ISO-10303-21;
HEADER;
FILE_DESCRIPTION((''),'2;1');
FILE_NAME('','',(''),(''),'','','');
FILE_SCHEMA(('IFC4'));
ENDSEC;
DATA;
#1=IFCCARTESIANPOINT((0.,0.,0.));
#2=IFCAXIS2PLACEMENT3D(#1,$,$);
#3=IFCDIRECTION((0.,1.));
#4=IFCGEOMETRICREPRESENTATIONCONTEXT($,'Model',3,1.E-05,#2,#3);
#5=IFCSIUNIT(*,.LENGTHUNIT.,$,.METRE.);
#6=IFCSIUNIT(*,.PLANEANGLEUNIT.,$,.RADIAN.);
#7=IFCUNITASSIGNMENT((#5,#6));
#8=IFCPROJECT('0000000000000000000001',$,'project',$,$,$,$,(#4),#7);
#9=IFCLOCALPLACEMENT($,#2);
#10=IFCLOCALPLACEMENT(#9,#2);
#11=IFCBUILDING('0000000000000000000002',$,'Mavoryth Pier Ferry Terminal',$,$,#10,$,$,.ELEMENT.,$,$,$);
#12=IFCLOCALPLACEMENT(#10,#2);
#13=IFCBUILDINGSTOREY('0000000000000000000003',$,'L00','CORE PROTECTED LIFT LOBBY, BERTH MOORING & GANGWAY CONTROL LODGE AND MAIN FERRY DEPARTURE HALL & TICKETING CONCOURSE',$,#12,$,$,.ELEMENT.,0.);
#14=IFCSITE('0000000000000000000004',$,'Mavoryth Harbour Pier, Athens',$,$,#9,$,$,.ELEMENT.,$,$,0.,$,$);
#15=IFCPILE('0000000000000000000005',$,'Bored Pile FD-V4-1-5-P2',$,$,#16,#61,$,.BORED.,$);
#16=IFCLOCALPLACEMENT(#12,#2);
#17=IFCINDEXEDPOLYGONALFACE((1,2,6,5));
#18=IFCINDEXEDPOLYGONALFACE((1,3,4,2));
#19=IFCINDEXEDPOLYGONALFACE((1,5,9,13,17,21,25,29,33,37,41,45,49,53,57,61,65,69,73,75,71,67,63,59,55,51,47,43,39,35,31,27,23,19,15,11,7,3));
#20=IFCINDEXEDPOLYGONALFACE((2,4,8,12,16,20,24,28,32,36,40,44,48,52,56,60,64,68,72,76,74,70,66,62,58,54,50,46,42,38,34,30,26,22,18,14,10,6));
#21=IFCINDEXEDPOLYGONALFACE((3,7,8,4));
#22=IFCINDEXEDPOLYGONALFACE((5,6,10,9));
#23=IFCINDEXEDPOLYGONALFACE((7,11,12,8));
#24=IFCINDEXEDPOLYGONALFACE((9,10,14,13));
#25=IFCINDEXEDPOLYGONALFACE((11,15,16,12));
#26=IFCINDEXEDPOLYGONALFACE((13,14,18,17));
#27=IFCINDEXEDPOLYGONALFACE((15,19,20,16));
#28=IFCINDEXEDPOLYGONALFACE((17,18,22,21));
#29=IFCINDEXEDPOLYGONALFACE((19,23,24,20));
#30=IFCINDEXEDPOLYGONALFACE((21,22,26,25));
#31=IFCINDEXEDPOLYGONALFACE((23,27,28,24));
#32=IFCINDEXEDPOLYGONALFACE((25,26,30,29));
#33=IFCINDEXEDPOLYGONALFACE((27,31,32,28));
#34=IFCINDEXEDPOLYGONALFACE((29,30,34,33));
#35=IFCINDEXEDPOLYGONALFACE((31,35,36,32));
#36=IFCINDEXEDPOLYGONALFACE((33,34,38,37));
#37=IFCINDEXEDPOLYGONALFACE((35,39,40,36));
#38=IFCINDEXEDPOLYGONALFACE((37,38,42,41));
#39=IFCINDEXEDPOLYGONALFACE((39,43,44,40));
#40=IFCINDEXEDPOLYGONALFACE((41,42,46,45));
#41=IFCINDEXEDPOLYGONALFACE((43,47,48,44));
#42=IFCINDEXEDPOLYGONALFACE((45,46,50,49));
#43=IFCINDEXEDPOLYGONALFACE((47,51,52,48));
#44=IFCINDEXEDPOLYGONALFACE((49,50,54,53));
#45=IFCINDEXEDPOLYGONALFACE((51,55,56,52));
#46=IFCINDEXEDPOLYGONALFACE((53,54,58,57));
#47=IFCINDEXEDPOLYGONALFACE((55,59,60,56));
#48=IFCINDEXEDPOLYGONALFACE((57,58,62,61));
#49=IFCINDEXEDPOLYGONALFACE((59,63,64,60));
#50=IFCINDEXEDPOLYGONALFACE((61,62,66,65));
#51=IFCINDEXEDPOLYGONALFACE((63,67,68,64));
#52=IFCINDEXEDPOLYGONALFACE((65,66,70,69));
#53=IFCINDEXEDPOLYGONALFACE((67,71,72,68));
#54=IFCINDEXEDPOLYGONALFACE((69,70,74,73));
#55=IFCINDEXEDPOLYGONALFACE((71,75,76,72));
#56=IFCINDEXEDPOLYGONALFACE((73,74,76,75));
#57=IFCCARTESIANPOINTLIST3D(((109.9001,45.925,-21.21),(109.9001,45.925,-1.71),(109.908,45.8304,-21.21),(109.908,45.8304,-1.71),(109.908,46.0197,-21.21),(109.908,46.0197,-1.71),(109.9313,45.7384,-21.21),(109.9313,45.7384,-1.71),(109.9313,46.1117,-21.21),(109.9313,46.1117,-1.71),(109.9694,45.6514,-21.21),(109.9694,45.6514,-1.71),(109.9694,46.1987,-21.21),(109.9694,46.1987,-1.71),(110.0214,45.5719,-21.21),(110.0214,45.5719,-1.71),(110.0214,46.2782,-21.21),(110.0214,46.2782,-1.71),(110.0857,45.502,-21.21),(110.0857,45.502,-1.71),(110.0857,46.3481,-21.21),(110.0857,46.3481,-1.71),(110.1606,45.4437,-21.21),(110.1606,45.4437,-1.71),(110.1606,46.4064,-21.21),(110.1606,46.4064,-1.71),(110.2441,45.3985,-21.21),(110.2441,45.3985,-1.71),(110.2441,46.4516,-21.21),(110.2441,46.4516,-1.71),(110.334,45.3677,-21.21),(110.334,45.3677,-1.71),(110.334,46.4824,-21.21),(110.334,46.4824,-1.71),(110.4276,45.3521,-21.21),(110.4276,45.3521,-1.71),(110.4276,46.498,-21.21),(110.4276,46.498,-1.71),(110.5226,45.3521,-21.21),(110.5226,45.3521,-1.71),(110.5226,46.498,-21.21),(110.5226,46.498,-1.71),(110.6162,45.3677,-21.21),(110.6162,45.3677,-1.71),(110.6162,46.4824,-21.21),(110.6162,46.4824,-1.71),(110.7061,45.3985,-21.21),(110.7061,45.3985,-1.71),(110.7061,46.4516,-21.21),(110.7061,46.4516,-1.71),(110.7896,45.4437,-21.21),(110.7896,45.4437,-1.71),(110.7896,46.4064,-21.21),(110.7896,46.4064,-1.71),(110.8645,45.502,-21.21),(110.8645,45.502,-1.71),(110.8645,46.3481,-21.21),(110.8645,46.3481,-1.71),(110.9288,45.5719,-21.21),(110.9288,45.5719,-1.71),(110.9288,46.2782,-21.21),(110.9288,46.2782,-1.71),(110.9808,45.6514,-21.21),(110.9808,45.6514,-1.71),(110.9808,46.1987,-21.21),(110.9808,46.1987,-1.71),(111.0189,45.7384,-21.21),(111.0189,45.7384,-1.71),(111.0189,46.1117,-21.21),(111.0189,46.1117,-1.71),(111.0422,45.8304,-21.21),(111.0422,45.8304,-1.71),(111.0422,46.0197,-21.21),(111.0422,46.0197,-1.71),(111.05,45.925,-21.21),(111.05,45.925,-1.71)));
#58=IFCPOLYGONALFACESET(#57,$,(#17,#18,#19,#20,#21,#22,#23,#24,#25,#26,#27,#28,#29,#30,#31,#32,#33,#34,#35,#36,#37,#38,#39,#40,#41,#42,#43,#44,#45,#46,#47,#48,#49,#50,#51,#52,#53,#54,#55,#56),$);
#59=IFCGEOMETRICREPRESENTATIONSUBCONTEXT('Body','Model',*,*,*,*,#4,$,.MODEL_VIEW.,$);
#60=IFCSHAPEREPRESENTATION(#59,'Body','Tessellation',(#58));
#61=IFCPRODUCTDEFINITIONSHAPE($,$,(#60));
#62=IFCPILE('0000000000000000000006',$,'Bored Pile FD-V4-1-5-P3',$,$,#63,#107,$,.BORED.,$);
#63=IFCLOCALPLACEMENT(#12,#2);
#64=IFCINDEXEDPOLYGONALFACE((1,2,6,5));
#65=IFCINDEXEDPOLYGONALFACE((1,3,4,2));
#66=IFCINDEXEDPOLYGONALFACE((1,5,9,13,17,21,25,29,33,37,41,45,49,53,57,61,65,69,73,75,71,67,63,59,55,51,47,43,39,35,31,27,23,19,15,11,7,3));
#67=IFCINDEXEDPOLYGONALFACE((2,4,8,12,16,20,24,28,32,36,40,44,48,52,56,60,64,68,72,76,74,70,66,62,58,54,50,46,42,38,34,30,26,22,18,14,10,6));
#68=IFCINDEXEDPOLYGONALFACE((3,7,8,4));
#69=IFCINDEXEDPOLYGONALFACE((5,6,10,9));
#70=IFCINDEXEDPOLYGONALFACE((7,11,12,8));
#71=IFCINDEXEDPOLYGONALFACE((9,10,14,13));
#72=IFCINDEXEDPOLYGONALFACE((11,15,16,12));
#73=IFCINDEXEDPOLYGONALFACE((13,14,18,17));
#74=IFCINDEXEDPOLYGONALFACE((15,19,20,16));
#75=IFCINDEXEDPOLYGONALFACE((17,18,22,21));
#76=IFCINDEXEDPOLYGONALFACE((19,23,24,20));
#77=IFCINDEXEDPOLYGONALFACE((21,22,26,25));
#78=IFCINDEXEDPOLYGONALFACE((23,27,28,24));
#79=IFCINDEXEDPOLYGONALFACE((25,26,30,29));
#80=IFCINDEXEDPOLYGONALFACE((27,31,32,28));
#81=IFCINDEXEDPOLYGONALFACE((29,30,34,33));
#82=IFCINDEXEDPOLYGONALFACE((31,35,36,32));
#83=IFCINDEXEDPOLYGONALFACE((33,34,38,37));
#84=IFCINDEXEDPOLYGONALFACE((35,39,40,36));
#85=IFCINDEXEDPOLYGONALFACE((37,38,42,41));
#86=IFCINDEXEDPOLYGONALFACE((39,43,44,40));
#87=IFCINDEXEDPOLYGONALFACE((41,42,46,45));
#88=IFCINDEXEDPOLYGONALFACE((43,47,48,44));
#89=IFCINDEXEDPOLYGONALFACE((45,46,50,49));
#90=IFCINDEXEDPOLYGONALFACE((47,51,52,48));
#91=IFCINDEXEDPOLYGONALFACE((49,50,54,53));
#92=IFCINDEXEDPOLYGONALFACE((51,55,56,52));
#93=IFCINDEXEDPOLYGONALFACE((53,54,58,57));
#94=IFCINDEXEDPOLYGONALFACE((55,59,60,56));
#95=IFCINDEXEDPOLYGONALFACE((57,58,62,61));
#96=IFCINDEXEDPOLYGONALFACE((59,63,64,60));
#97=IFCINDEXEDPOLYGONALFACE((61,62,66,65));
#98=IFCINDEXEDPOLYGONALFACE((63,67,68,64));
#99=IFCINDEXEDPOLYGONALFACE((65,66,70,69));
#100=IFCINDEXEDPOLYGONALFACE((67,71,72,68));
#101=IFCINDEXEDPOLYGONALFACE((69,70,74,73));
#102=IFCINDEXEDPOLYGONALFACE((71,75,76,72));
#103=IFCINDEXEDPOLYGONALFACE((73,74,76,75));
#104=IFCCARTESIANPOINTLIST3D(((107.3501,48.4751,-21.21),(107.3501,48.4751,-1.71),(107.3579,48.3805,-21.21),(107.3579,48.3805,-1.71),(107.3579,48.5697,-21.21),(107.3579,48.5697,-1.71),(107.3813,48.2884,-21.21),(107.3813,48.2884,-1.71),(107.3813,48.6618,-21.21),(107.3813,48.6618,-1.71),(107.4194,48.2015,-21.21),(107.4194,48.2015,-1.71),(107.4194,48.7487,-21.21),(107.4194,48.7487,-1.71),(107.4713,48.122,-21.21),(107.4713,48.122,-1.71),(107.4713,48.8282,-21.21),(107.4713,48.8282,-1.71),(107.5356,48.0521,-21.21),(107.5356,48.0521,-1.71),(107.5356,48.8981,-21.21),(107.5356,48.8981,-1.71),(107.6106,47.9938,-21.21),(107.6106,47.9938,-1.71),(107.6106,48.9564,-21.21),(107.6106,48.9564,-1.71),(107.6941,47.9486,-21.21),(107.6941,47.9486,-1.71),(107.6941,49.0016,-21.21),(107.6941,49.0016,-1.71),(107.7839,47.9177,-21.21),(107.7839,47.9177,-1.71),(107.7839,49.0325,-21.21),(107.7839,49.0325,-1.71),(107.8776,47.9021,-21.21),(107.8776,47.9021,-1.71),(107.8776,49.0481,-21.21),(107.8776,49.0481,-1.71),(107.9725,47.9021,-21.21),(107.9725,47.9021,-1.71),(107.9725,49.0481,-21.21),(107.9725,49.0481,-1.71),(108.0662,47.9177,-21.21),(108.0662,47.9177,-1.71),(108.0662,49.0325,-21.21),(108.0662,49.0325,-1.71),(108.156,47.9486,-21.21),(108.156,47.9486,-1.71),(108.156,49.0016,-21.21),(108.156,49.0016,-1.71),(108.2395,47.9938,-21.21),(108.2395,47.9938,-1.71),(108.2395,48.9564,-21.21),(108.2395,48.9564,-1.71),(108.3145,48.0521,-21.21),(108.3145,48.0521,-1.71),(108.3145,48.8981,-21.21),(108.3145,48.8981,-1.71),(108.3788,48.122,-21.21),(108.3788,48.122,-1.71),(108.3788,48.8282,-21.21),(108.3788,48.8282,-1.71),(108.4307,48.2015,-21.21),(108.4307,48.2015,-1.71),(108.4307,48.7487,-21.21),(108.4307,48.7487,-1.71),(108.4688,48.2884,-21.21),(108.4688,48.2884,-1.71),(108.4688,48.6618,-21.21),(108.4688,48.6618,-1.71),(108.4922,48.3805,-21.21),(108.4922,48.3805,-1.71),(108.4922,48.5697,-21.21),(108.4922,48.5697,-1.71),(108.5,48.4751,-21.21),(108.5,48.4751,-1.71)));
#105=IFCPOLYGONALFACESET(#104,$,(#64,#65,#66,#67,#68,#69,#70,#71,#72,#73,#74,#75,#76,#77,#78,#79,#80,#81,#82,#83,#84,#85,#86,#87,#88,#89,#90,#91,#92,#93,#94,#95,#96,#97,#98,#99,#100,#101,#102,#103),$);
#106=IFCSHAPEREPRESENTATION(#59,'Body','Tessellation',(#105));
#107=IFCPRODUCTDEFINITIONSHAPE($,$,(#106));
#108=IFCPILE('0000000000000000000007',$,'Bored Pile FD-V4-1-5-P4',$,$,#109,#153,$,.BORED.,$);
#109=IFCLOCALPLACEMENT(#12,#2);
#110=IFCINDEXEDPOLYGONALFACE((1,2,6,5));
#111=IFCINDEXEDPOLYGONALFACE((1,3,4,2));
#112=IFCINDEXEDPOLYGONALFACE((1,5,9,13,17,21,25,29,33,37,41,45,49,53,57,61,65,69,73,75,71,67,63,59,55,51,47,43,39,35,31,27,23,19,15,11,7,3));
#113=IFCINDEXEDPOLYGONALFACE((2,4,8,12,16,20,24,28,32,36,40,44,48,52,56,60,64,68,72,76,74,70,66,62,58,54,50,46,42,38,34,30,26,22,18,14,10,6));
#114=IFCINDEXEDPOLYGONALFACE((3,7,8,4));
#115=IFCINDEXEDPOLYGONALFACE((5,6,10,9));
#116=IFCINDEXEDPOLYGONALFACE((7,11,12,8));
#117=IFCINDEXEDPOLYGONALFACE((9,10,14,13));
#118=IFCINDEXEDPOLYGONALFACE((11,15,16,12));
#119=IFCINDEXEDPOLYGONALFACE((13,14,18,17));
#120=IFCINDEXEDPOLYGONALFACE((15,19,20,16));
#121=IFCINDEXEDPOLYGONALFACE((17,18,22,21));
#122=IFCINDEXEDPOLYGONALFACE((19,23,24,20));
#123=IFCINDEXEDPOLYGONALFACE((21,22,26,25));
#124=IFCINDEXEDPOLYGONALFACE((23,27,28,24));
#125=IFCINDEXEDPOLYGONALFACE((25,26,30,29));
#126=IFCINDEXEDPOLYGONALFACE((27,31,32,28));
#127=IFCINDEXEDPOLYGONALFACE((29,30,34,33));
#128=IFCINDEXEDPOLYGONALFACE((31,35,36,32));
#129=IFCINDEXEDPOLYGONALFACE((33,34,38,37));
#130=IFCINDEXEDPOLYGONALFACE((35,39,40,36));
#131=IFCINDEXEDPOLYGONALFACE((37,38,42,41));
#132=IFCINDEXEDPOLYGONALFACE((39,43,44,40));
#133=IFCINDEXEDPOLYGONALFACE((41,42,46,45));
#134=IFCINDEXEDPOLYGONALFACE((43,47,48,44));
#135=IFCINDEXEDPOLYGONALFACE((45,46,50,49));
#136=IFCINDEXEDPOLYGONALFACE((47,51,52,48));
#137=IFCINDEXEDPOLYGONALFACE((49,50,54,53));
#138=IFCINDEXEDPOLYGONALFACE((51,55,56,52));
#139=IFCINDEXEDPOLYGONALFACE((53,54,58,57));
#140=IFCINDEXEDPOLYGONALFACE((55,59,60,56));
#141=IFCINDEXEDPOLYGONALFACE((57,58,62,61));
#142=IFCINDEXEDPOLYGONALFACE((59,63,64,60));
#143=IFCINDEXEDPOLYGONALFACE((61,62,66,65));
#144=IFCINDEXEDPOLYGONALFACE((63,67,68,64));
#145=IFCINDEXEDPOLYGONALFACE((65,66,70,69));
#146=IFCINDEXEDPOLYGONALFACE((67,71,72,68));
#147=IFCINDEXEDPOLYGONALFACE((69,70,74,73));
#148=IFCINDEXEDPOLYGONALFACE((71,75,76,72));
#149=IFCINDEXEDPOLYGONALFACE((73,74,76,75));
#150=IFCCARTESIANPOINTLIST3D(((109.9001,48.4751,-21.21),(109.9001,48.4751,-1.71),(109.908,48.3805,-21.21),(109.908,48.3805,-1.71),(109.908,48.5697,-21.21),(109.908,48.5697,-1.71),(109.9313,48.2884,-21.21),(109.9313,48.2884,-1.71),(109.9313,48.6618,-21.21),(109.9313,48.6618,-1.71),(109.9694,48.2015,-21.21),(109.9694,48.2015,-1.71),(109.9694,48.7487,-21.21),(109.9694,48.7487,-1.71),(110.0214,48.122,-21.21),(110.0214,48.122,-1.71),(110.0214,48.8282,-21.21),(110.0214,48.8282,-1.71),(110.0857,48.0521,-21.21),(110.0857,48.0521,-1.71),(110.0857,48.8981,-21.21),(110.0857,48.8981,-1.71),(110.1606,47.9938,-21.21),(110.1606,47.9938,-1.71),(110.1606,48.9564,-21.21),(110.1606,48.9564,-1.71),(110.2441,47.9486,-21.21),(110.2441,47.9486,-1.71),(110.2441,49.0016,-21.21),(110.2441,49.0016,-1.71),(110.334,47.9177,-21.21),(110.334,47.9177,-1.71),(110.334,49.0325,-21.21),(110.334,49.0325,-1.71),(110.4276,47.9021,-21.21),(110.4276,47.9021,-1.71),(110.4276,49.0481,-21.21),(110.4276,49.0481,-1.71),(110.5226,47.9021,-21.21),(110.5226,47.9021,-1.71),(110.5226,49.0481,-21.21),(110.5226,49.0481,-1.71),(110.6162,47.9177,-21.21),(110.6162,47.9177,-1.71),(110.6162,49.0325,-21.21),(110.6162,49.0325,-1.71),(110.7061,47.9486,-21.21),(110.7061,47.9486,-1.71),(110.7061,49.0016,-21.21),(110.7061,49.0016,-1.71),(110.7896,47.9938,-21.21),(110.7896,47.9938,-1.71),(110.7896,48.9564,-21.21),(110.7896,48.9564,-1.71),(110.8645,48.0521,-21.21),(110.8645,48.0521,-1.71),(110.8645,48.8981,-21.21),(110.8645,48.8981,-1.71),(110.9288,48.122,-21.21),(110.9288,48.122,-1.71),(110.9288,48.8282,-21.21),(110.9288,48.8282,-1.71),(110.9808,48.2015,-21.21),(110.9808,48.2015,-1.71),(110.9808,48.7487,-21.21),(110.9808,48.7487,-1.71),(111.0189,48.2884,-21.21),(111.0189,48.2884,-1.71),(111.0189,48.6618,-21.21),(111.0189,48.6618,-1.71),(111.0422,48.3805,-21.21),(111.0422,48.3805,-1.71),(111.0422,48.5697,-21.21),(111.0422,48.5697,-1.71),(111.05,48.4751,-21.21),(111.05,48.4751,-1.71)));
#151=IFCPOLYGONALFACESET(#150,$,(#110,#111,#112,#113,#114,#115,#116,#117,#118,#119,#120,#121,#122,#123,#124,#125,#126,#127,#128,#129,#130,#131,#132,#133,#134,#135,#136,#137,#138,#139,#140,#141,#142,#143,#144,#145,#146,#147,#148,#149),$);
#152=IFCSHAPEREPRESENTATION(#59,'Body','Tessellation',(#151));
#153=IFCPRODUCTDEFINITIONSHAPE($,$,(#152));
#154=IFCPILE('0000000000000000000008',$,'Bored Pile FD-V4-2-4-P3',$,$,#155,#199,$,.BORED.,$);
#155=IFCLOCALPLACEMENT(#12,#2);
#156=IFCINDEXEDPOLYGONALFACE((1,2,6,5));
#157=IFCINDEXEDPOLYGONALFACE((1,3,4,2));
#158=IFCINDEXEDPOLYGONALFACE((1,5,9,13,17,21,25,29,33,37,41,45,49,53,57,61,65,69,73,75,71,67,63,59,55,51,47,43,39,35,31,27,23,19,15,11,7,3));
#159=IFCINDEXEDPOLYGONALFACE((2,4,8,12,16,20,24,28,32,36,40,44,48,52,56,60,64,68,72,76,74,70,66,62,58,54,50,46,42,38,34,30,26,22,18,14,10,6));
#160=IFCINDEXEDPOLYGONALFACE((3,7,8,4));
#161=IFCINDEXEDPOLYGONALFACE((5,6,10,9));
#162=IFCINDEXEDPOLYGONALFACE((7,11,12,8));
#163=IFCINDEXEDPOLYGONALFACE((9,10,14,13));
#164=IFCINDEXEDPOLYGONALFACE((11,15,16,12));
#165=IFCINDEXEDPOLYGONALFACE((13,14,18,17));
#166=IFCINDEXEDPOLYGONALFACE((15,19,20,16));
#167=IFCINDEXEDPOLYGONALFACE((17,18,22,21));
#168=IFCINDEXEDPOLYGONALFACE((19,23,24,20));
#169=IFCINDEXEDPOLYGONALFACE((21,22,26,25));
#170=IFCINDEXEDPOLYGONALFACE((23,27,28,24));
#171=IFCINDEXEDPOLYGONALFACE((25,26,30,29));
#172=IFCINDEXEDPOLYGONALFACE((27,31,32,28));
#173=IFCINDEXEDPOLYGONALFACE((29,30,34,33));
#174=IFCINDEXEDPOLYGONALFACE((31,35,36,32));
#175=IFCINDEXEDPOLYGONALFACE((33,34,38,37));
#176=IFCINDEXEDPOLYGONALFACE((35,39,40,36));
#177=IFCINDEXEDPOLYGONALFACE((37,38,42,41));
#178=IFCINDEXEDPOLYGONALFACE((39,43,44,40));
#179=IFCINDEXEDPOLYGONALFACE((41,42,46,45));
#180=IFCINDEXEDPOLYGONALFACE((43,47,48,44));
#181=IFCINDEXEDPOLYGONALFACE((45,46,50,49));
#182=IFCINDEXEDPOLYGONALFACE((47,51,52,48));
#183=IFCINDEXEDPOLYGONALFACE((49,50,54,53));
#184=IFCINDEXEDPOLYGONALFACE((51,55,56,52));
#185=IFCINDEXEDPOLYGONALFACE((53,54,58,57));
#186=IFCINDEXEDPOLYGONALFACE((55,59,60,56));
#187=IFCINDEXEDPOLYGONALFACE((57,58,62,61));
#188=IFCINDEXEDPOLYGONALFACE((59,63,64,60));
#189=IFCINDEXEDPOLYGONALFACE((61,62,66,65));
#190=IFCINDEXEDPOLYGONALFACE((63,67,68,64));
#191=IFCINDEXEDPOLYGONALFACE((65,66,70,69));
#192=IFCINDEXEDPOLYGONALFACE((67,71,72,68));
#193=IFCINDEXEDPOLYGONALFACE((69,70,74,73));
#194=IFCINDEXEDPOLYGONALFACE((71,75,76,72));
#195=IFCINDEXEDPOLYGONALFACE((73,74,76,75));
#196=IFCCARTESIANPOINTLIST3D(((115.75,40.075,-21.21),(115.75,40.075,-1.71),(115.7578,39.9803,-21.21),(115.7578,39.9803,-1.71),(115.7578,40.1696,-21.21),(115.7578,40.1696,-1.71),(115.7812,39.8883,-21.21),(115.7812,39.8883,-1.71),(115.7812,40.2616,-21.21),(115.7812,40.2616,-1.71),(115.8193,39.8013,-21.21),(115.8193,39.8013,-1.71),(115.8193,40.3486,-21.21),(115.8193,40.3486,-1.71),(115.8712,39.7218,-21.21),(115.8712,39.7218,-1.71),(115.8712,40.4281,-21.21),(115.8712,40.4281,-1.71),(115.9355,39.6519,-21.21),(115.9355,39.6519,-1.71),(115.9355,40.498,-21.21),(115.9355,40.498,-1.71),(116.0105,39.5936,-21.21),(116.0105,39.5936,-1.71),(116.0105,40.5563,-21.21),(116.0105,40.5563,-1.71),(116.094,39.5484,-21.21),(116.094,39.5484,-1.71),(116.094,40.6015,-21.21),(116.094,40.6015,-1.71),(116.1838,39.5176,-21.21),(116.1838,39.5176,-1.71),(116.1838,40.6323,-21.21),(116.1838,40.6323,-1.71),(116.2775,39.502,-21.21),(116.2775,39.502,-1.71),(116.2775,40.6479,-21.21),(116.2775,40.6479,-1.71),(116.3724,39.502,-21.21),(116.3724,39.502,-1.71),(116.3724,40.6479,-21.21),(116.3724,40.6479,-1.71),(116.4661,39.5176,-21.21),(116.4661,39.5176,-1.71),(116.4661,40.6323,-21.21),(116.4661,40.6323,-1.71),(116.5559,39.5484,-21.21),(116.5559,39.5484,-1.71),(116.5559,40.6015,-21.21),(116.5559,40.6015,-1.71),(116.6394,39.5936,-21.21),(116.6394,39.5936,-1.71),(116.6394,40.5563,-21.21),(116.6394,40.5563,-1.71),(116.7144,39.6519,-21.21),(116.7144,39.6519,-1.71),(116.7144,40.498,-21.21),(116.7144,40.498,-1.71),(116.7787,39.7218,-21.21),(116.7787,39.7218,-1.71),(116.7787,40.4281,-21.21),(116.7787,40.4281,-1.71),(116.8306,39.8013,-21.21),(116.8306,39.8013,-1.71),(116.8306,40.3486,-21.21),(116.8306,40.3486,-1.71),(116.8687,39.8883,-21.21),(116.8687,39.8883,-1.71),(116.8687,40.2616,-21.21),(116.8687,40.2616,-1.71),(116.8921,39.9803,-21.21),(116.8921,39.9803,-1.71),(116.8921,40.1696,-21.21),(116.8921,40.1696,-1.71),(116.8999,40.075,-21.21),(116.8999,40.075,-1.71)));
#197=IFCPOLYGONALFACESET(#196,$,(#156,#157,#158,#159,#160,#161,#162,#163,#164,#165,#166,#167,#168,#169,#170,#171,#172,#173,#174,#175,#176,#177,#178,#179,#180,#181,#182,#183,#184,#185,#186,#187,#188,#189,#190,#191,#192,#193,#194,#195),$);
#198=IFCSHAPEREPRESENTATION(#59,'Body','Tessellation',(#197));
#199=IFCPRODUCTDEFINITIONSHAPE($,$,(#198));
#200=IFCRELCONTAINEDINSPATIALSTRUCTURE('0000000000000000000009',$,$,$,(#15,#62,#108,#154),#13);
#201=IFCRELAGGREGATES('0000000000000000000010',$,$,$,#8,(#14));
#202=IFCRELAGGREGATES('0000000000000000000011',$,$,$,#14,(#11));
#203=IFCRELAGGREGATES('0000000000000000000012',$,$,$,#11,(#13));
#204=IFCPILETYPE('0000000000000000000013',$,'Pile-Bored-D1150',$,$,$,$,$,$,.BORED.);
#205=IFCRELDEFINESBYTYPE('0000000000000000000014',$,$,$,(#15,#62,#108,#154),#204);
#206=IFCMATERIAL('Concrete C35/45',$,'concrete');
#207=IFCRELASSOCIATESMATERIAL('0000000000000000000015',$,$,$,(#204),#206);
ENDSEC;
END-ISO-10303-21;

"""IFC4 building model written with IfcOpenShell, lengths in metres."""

from ifc_helpers import new_model, si_unit, direction, frame, origin, origin_2d, place, context, subcontext, project, spatial, circle, extrude, material, material_profile, profile_set, type_object, element, save


model = new_model("IFC4")

# Units and contexts
model_context = context("Model", 3, precision=1e-05, world=origin(), true_north=direction((0.0, 1.0)))
body_context = subcontext(model_context, "Body", "Model", "MODEL_VIEW")
ifc_project = project(units=[si_unit("LENGTHUNIT", "METRE"), si_unit("PLANEANGLEUNIT", "RADIAN")], contexts=[model_context])

# Site, building, storey
site_placement = place(None, origin())
site = spatial("IfcSite", under=ifc_project, at=site_placement, Name="Mavoryth Harbour Pier, Athens", CompositionType="ELEMENT", RefElevation=0.0)
building_placement = place(site_placement, origin())
building = spatial("IfcBuilding", under=site, at=building_placement, Name="Mavoryth Pier Ferry Terminal", CompositionType="ELEMENT")
storey_placement = place(building_placement, origin())
storey = spatial("IfcBuildingStorey", under=building, at=storey_placement, Name="L00", Description="CORE PROTECTED LIFT LOBBY, BERTH MOORING & GANGWAY CONTROL LODGE AND MAIN FERRY DEPARTURE HALL & TICKETING CONCOURSE", CompositionType="ELEMENT", Elevation=0.0)

# Shared definitions
ifc_material_1 = material(Name="Concrete C35/45", Category="concrete")

# Piles
ifc_material_profile_1 = material_profile(ifc_material_1, circle(Radius=0.575, at=origin_2d()), Name="PILE D1150", Category="concrete")
ifc_profile_set_1 = profile_set([ifc_material_profile_1], Name="Concrete C35/45 - PILE D1150")
pile_type = type_object("IfcPileType", Name="Pile-Bored-D1150", PredefinedType="BORED", material=ifc_profile_set_1)
for number, where, z_axis, x_axis, name in (
    (1, (110.4751, 45.925, -1.71), (0.0, 0.0, -1.0), (1.0, 0.0, 0.0), "Bored Pile FD-V4-1-5-P2"),
    (2, (107.925, 48.4751, -1.71), (0.0, 0.0, -1.0), (1.0, 0.0, 0.0), "Bored Pile FD-V4-1-5-P3"),
    (3, (110.4751, 48.4751, -1.71), (0.0, 0.0, -1.0), (1.0, 0.0, 0.0), "Bored Pile FD-V4-1-5-P4"),
    (4, (116.325, 40.075, -1.71), (0.0, 0.0, -1.0), (1.0, 0.0, 0.0), "Bored Pile FD-V4-2-4-P3"),
):
    element("IfcPile", number, at=place(storey_placement, frame(where, z_axis=z_axis, x_axis=x_axis)), inside=storey, type_object=pile_type, Name=name, PredefinedType="BORED", context=body_context, shape_type="SweptSolid", body=[
        extrude(circle(Radius=0.575, at=origin_2d()), origin(), (0.0, 0.0, 1.0), 19.5),
    ])

save(model, "model.ifc")
